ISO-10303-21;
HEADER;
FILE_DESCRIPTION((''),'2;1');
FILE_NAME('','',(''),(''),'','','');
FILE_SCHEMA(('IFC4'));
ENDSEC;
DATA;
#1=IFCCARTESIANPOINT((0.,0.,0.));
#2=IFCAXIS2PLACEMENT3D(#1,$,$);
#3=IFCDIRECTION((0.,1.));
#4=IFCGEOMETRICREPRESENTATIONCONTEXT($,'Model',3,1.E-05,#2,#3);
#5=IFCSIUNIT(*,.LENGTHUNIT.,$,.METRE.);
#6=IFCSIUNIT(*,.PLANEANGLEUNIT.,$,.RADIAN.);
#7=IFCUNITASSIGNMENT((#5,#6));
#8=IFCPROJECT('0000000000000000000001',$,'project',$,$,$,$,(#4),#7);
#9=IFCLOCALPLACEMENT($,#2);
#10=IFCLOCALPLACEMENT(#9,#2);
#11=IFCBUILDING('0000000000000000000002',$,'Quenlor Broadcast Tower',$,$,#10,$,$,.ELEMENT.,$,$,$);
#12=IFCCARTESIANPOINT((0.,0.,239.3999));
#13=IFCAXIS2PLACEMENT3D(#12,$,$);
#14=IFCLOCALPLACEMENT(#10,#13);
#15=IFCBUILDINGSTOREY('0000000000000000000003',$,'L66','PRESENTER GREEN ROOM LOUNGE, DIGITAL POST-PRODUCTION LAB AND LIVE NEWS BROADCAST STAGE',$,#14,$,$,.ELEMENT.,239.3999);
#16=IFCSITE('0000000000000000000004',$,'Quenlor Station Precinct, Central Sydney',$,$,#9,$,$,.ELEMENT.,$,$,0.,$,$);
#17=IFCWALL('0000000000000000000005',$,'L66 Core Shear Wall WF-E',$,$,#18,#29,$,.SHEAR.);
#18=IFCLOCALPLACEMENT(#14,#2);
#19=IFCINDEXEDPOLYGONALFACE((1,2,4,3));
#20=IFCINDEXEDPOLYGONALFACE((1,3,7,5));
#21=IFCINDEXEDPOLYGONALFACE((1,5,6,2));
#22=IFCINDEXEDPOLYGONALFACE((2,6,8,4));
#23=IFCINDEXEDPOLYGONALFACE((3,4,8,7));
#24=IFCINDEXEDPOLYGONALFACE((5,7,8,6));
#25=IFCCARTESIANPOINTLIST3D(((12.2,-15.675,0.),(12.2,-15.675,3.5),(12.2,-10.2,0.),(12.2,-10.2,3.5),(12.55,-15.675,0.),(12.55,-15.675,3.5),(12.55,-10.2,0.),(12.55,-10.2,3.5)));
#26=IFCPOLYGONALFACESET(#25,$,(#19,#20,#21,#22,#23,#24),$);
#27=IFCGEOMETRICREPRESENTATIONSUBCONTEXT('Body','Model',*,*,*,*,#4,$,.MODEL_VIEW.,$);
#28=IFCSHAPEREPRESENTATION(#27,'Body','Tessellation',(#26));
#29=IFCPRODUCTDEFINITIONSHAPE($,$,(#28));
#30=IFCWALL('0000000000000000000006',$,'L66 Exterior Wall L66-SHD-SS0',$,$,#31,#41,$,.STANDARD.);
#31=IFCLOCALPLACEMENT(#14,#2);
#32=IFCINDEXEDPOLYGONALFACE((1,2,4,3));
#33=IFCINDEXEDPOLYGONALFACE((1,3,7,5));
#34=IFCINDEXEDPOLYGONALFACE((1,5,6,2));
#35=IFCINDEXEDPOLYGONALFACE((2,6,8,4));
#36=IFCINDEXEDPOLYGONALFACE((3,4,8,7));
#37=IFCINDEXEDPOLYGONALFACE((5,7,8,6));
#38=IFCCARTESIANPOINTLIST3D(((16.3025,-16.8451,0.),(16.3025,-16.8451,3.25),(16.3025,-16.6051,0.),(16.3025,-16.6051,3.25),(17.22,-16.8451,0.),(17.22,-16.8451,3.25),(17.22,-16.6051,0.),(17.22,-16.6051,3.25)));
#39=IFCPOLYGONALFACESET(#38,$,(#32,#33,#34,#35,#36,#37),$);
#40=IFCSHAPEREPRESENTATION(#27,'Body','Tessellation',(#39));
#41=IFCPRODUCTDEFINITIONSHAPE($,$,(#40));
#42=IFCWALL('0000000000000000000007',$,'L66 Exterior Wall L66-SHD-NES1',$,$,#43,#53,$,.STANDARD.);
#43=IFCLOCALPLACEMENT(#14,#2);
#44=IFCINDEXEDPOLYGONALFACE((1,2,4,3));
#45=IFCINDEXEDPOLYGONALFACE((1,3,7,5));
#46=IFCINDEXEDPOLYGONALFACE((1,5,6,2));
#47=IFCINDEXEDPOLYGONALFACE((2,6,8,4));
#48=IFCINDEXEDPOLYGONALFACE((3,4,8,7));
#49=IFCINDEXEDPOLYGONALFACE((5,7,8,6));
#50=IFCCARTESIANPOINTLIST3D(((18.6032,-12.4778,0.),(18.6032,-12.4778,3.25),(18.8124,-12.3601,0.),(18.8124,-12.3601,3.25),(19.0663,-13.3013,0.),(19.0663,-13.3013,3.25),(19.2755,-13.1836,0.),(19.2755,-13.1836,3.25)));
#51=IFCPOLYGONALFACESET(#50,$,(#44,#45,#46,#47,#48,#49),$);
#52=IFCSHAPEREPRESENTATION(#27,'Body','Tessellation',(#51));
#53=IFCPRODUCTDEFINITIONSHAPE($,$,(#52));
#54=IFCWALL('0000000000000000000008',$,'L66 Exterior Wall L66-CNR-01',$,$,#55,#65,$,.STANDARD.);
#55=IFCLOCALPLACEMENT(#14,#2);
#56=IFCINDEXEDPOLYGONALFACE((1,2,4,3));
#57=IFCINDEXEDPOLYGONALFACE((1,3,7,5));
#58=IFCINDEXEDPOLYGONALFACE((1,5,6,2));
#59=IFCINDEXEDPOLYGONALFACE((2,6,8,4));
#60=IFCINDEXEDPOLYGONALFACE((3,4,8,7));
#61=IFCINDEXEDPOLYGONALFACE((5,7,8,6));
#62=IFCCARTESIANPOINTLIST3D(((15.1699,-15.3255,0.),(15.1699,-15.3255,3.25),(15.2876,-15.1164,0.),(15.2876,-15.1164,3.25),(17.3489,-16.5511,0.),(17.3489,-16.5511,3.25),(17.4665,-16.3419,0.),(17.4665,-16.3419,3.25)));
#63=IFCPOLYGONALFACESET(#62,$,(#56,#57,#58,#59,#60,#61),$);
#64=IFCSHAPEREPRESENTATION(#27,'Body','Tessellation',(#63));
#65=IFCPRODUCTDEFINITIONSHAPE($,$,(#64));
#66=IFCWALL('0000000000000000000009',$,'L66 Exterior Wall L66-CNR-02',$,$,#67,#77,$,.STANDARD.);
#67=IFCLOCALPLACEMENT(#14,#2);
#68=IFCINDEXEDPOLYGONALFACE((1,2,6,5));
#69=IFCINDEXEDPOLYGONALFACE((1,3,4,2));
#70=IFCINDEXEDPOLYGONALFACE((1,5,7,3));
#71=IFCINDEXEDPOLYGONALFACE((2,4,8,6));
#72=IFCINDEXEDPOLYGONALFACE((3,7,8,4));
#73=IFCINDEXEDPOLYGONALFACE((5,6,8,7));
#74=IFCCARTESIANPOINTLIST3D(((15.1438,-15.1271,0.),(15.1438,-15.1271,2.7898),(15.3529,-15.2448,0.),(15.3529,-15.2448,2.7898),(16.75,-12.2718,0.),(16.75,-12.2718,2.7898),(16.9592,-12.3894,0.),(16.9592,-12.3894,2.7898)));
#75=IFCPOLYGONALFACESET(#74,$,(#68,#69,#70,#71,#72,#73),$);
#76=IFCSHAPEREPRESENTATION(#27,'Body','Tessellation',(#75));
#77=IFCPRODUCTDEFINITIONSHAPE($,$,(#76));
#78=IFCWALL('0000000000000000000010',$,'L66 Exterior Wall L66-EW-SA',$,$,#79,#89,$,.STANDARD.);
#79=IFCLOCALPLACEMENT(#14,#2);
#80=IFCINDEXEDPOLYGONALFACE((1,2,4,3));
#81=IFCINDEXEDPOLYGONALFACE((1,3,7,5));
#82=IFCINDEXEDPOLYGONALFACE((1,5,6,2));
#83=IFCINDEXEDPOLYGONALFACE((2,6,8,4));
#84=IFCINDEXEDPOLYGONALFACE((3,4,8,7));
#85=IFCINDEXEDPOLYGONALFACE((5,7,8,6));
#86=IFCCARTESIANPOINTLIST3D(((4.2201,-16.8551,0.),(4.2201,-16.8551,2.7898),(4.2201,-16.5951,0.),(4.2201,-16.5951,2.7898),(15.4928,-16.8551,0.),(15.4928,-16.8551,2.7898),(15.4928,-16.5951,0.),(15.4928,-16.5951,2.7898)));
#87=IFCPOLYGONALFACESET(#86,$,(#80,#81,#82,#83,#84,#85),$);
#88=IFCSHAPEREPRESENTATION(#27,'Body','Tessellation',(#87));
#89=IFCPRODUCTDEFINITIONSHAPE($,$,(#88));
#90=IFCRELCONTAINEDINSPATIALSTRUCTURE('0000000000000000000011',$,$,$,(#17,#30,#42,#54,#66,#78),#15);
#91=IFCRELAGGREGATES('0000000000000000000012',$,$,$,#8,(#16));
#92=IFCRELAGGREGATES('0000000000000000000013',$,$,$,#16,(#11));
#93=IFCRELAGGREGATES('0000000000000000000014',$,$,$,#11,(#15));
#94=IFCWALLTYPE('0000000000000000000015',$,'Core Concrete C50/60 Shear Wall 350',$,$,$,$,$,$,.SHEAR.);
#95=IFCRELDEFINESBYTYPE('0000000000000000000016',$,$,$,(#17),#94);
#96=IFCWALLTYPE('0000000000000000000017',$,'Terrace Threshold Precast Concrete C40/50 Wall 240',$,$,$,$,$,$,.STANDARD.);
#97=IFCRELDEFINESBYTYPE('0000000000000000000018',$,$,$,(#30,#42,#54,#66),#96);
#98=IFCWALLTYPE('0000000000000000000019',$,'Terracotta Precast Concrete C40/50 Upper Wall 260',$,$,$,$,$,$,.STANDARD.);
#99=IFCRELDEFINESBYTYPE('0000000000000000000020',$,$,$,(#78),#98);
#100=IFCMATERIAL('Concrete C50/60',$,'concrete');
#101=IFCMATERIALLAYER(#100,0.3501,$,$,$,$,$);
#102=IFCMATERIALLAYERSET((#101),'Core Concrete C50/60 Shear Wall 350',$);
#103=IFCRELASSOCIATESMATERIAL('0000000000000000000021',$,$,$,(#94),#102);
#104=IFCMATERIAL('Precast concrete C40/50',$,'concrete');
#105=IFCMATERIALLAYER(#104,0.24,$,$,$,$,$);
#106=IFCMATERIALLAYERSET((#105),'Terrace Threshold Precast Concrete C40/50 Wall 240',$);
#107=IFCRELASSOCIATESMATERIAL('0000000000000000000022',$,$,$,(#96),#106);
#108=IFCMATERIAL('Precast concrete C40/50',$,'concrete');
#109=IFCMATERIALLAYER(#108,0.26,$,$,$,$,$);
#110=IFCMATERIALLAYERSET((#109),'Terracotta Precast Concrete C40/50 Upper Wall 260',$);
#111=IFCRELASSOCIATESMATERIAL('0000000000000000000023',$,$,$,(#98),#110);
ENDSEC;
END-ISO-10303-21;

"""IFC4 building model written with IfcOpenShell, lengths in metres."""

from ifc_helpers import new_model, si_unit, direction, frame, frame_2d, origin, place, context, subcontext, project, spatial, rectangle, extrude, material, layer, layer_set, type_object, element, save


model = new_model("IFC4")

# Units and contexts
model_context = context("Model", 3, precision=1e-05, world=origin(), true_north=direction((0.0, 1.0)))
body_context = subcontext(model_context, "Body", "Model", "MODEL_VIEW")
ifc_project = project(units=[si_unit("LENGTHUNIT", "METRE"), si_unit("PLANEANGLEUNIT", "RADIAN")], contexts=[model_context])

# Site, building, storey
site_placement = place(None, origin())
site = spatial("IfcSite", under=ifc_project, at=site_placement, Name="Quenlor Station Precinct, Central Sydney", CompositionType="ELEMENT", RefElevation=0.0)
building_placement = place(site_placement, origin())
building = spatial("IfcBuilding", under=site, at=building_placement, Name="Quenlor Broadcast Tower", CompositionType="ELEMENT")
storey_placement = place(building_placement, frame((0.0, 0.0, 239.3999)))
storey = spatial("IfcBuildingStorey", under=building, at=storey_placement, Name="L66", Description="PRESENTER GREEN ROOM LOUNGE, DIGITAL POST-PRODUCTION LAB AND LIVE NEWS BROADCAST STAGE", CompositionType="ELEMENT", Elevation=239.3999)

# Walls
ifc_material_1 = material(Name="Concrete C50/60", Category="concrete")
ifc_layer_1 = layer(ifc_material_1, 0.3501)
ifc_layer_set_1 = layer_set([ifc_layer_1], Name="Core Concrete C50/60 Shear Wall 350")
wall_type_1 = type_object("IfcWallType", Name="Core Concrete C50/60 Shear Wall 350", PredefinedType="SHEAR", material=ifc_layer_set_1)
wall_1_placement = place(storey_placement, frame((12.375, -15.675, 0.0), z_axis=(0.0, 0.0, 1.0), x_axis=(0.0, 1.0, 0.0)))
element("IfcWall", 1, at=wall_1_placement, inside=storey, type_object=wall_type_1, Name="L66 Core Shear Wall WF-E", PredefinedType="SHEAR", context=body_context, shape_type="SweptSolid", body=[
    extrude(rectangle(XDim=5.4751, YDim=0.3501, at=frame_2d((2.7375, 0.0))), origin(), (0.0, 0.0, 1.0), 3.5),
])
ifc_material_2 = material(Name="Precast concrete C40/50", Category="concrete")
ifc_layer_2 = layer(ifc_material_2, 0.24)
ifc_layer_set_2 = layer_set([ifc_layer_2], Name="Terrace Threshold Precast Concrete C40/50 Wall 240")
wall_type_2 = type_object("IfcWallType", Name="Terrace Threshold Precast Concrete C40/50 Wall 240", PredefinedType="STANDARD", material=ifc_layer_set_2)
wall_2_placement = place(storey_placement, frame((17.22, -16.7251, 0.0), z_axis=(0.0, 0.0, 1.0), x_axis=(-1.0, 0.0, 0.0)))
element("IfcWall", 2, at=wall_2_placement, inside=storey, type_object=wall_type_2, Name="L66 Exterior Wall L66-SHD-SS0", PredefinedType="STANDARD", context=body_context, shape_type="SweptSolid", body=[
    extrude(rectangle(XDim=0.9175, YDim=0.24, at=frame_2d((0.4587, 0.0))), origin(), (0.0, 0.0, 1.0), 3.25),
])
wall_3_placement = place(storey_placement, frame((18.7078, -12.4189, 0.0), z_axis=(0.0, 0.0, 1.0), x_axis=(0.4902, -0.87161, 0.0)))
element("IfcWall", 3, at=wall_3_placement, inside=storey, type_object=wall_type_2, Name="L66 Exterior Wall L66-SHD-NES1", PredefinedType="STANDARD", context=body_context, shape_type="SweptSolid", body=[
    extrude(rectangle(XDim=0.9448, YDim=0.24, at=frame_2d((0.4724, 0.0))), origin(), (0.0, 0.0, 1.0), 3.25),
])
wall_4_placement = place(storey_placement, frame((17.4077, -16.4465, 0.0), z_axis=(0.0, 0.0, 1.0), x_axis=(-0.871589, 0.490238, 0.0)))
element("IfcWall", 4, at=wall_4_placement, inside=storey, type_object=wall_type_2, Name="L66 Exterior Wall L66-CNR-01", PredefinedType="STANDARD", context=body_context, shape_type="SweptSolid", body=[
    extrude(rectangle(XDim=2.5, YDim=0.24, at=frame_2d((1.25, 0.0))), origin(), (0.0, 0.0, 1.0), 3.25),
])
wall_5_placement = place(storey_placement, frame((15.2483, -15.186, 0.0), z_axis=(0.0, 0.0, 1.0), x_axis=(0.490293, 0.871558, 0.0)))
element("IfcWall", 5, at=wall_5_placement, inside=storey, type_object=wall_type_2, Name="L66 Exterior Wall L66-CNR-02", PredefinedType="STANDARD", context=body_context, shape_type="SweptSolid", body=[
    extrude(rectangle(XDim=3.2761, YDim=0.24, at=frame_2d((1.6382, 0.0))), origin(), (0.0, 0.0, 1.0), 2.7898),
])
ifc_material_3 = material(Name="Precast concrete C40/50", Category="concrete")
ifc_layer_3 = layer(ifc_material_3, 0.26)
ifc_layer_set_3 = layer_set([ifc_layer_3], Name="Terracotta Precast Concrete C40/50 Upper Wall 260")
wall_type_3 = type_object("IfcWallType", Name="Terracotta Precast Concrete C40/50 Upper Wall 260", PredefinedType="STANDARD", material=ifc_layer_set_3)
wall_6_placement = place(storey_placement, frame((15.4927, -16.7251, 0.0), z_axis=(0.0, 0.0, 1.0), x_axis=(-1.0, 0.0, 0.0)))
element("IfcWall", 6, at=wall_6_placement, inside=storey, type_object=wall_type_3, Name="L66 Exterior Wall L66-EW-SA", PredefinedType="STANDARD", context=body_context, shape_type="SweptSolid", body=[
    extrude(rectangle(XDim=11.2727, YDim=0.26, at=frame_2d((5.6362, 0.0))), origin(), (0.0, 0.0, 1.0), 2.7898),
])

save(model, "model.ifc")
